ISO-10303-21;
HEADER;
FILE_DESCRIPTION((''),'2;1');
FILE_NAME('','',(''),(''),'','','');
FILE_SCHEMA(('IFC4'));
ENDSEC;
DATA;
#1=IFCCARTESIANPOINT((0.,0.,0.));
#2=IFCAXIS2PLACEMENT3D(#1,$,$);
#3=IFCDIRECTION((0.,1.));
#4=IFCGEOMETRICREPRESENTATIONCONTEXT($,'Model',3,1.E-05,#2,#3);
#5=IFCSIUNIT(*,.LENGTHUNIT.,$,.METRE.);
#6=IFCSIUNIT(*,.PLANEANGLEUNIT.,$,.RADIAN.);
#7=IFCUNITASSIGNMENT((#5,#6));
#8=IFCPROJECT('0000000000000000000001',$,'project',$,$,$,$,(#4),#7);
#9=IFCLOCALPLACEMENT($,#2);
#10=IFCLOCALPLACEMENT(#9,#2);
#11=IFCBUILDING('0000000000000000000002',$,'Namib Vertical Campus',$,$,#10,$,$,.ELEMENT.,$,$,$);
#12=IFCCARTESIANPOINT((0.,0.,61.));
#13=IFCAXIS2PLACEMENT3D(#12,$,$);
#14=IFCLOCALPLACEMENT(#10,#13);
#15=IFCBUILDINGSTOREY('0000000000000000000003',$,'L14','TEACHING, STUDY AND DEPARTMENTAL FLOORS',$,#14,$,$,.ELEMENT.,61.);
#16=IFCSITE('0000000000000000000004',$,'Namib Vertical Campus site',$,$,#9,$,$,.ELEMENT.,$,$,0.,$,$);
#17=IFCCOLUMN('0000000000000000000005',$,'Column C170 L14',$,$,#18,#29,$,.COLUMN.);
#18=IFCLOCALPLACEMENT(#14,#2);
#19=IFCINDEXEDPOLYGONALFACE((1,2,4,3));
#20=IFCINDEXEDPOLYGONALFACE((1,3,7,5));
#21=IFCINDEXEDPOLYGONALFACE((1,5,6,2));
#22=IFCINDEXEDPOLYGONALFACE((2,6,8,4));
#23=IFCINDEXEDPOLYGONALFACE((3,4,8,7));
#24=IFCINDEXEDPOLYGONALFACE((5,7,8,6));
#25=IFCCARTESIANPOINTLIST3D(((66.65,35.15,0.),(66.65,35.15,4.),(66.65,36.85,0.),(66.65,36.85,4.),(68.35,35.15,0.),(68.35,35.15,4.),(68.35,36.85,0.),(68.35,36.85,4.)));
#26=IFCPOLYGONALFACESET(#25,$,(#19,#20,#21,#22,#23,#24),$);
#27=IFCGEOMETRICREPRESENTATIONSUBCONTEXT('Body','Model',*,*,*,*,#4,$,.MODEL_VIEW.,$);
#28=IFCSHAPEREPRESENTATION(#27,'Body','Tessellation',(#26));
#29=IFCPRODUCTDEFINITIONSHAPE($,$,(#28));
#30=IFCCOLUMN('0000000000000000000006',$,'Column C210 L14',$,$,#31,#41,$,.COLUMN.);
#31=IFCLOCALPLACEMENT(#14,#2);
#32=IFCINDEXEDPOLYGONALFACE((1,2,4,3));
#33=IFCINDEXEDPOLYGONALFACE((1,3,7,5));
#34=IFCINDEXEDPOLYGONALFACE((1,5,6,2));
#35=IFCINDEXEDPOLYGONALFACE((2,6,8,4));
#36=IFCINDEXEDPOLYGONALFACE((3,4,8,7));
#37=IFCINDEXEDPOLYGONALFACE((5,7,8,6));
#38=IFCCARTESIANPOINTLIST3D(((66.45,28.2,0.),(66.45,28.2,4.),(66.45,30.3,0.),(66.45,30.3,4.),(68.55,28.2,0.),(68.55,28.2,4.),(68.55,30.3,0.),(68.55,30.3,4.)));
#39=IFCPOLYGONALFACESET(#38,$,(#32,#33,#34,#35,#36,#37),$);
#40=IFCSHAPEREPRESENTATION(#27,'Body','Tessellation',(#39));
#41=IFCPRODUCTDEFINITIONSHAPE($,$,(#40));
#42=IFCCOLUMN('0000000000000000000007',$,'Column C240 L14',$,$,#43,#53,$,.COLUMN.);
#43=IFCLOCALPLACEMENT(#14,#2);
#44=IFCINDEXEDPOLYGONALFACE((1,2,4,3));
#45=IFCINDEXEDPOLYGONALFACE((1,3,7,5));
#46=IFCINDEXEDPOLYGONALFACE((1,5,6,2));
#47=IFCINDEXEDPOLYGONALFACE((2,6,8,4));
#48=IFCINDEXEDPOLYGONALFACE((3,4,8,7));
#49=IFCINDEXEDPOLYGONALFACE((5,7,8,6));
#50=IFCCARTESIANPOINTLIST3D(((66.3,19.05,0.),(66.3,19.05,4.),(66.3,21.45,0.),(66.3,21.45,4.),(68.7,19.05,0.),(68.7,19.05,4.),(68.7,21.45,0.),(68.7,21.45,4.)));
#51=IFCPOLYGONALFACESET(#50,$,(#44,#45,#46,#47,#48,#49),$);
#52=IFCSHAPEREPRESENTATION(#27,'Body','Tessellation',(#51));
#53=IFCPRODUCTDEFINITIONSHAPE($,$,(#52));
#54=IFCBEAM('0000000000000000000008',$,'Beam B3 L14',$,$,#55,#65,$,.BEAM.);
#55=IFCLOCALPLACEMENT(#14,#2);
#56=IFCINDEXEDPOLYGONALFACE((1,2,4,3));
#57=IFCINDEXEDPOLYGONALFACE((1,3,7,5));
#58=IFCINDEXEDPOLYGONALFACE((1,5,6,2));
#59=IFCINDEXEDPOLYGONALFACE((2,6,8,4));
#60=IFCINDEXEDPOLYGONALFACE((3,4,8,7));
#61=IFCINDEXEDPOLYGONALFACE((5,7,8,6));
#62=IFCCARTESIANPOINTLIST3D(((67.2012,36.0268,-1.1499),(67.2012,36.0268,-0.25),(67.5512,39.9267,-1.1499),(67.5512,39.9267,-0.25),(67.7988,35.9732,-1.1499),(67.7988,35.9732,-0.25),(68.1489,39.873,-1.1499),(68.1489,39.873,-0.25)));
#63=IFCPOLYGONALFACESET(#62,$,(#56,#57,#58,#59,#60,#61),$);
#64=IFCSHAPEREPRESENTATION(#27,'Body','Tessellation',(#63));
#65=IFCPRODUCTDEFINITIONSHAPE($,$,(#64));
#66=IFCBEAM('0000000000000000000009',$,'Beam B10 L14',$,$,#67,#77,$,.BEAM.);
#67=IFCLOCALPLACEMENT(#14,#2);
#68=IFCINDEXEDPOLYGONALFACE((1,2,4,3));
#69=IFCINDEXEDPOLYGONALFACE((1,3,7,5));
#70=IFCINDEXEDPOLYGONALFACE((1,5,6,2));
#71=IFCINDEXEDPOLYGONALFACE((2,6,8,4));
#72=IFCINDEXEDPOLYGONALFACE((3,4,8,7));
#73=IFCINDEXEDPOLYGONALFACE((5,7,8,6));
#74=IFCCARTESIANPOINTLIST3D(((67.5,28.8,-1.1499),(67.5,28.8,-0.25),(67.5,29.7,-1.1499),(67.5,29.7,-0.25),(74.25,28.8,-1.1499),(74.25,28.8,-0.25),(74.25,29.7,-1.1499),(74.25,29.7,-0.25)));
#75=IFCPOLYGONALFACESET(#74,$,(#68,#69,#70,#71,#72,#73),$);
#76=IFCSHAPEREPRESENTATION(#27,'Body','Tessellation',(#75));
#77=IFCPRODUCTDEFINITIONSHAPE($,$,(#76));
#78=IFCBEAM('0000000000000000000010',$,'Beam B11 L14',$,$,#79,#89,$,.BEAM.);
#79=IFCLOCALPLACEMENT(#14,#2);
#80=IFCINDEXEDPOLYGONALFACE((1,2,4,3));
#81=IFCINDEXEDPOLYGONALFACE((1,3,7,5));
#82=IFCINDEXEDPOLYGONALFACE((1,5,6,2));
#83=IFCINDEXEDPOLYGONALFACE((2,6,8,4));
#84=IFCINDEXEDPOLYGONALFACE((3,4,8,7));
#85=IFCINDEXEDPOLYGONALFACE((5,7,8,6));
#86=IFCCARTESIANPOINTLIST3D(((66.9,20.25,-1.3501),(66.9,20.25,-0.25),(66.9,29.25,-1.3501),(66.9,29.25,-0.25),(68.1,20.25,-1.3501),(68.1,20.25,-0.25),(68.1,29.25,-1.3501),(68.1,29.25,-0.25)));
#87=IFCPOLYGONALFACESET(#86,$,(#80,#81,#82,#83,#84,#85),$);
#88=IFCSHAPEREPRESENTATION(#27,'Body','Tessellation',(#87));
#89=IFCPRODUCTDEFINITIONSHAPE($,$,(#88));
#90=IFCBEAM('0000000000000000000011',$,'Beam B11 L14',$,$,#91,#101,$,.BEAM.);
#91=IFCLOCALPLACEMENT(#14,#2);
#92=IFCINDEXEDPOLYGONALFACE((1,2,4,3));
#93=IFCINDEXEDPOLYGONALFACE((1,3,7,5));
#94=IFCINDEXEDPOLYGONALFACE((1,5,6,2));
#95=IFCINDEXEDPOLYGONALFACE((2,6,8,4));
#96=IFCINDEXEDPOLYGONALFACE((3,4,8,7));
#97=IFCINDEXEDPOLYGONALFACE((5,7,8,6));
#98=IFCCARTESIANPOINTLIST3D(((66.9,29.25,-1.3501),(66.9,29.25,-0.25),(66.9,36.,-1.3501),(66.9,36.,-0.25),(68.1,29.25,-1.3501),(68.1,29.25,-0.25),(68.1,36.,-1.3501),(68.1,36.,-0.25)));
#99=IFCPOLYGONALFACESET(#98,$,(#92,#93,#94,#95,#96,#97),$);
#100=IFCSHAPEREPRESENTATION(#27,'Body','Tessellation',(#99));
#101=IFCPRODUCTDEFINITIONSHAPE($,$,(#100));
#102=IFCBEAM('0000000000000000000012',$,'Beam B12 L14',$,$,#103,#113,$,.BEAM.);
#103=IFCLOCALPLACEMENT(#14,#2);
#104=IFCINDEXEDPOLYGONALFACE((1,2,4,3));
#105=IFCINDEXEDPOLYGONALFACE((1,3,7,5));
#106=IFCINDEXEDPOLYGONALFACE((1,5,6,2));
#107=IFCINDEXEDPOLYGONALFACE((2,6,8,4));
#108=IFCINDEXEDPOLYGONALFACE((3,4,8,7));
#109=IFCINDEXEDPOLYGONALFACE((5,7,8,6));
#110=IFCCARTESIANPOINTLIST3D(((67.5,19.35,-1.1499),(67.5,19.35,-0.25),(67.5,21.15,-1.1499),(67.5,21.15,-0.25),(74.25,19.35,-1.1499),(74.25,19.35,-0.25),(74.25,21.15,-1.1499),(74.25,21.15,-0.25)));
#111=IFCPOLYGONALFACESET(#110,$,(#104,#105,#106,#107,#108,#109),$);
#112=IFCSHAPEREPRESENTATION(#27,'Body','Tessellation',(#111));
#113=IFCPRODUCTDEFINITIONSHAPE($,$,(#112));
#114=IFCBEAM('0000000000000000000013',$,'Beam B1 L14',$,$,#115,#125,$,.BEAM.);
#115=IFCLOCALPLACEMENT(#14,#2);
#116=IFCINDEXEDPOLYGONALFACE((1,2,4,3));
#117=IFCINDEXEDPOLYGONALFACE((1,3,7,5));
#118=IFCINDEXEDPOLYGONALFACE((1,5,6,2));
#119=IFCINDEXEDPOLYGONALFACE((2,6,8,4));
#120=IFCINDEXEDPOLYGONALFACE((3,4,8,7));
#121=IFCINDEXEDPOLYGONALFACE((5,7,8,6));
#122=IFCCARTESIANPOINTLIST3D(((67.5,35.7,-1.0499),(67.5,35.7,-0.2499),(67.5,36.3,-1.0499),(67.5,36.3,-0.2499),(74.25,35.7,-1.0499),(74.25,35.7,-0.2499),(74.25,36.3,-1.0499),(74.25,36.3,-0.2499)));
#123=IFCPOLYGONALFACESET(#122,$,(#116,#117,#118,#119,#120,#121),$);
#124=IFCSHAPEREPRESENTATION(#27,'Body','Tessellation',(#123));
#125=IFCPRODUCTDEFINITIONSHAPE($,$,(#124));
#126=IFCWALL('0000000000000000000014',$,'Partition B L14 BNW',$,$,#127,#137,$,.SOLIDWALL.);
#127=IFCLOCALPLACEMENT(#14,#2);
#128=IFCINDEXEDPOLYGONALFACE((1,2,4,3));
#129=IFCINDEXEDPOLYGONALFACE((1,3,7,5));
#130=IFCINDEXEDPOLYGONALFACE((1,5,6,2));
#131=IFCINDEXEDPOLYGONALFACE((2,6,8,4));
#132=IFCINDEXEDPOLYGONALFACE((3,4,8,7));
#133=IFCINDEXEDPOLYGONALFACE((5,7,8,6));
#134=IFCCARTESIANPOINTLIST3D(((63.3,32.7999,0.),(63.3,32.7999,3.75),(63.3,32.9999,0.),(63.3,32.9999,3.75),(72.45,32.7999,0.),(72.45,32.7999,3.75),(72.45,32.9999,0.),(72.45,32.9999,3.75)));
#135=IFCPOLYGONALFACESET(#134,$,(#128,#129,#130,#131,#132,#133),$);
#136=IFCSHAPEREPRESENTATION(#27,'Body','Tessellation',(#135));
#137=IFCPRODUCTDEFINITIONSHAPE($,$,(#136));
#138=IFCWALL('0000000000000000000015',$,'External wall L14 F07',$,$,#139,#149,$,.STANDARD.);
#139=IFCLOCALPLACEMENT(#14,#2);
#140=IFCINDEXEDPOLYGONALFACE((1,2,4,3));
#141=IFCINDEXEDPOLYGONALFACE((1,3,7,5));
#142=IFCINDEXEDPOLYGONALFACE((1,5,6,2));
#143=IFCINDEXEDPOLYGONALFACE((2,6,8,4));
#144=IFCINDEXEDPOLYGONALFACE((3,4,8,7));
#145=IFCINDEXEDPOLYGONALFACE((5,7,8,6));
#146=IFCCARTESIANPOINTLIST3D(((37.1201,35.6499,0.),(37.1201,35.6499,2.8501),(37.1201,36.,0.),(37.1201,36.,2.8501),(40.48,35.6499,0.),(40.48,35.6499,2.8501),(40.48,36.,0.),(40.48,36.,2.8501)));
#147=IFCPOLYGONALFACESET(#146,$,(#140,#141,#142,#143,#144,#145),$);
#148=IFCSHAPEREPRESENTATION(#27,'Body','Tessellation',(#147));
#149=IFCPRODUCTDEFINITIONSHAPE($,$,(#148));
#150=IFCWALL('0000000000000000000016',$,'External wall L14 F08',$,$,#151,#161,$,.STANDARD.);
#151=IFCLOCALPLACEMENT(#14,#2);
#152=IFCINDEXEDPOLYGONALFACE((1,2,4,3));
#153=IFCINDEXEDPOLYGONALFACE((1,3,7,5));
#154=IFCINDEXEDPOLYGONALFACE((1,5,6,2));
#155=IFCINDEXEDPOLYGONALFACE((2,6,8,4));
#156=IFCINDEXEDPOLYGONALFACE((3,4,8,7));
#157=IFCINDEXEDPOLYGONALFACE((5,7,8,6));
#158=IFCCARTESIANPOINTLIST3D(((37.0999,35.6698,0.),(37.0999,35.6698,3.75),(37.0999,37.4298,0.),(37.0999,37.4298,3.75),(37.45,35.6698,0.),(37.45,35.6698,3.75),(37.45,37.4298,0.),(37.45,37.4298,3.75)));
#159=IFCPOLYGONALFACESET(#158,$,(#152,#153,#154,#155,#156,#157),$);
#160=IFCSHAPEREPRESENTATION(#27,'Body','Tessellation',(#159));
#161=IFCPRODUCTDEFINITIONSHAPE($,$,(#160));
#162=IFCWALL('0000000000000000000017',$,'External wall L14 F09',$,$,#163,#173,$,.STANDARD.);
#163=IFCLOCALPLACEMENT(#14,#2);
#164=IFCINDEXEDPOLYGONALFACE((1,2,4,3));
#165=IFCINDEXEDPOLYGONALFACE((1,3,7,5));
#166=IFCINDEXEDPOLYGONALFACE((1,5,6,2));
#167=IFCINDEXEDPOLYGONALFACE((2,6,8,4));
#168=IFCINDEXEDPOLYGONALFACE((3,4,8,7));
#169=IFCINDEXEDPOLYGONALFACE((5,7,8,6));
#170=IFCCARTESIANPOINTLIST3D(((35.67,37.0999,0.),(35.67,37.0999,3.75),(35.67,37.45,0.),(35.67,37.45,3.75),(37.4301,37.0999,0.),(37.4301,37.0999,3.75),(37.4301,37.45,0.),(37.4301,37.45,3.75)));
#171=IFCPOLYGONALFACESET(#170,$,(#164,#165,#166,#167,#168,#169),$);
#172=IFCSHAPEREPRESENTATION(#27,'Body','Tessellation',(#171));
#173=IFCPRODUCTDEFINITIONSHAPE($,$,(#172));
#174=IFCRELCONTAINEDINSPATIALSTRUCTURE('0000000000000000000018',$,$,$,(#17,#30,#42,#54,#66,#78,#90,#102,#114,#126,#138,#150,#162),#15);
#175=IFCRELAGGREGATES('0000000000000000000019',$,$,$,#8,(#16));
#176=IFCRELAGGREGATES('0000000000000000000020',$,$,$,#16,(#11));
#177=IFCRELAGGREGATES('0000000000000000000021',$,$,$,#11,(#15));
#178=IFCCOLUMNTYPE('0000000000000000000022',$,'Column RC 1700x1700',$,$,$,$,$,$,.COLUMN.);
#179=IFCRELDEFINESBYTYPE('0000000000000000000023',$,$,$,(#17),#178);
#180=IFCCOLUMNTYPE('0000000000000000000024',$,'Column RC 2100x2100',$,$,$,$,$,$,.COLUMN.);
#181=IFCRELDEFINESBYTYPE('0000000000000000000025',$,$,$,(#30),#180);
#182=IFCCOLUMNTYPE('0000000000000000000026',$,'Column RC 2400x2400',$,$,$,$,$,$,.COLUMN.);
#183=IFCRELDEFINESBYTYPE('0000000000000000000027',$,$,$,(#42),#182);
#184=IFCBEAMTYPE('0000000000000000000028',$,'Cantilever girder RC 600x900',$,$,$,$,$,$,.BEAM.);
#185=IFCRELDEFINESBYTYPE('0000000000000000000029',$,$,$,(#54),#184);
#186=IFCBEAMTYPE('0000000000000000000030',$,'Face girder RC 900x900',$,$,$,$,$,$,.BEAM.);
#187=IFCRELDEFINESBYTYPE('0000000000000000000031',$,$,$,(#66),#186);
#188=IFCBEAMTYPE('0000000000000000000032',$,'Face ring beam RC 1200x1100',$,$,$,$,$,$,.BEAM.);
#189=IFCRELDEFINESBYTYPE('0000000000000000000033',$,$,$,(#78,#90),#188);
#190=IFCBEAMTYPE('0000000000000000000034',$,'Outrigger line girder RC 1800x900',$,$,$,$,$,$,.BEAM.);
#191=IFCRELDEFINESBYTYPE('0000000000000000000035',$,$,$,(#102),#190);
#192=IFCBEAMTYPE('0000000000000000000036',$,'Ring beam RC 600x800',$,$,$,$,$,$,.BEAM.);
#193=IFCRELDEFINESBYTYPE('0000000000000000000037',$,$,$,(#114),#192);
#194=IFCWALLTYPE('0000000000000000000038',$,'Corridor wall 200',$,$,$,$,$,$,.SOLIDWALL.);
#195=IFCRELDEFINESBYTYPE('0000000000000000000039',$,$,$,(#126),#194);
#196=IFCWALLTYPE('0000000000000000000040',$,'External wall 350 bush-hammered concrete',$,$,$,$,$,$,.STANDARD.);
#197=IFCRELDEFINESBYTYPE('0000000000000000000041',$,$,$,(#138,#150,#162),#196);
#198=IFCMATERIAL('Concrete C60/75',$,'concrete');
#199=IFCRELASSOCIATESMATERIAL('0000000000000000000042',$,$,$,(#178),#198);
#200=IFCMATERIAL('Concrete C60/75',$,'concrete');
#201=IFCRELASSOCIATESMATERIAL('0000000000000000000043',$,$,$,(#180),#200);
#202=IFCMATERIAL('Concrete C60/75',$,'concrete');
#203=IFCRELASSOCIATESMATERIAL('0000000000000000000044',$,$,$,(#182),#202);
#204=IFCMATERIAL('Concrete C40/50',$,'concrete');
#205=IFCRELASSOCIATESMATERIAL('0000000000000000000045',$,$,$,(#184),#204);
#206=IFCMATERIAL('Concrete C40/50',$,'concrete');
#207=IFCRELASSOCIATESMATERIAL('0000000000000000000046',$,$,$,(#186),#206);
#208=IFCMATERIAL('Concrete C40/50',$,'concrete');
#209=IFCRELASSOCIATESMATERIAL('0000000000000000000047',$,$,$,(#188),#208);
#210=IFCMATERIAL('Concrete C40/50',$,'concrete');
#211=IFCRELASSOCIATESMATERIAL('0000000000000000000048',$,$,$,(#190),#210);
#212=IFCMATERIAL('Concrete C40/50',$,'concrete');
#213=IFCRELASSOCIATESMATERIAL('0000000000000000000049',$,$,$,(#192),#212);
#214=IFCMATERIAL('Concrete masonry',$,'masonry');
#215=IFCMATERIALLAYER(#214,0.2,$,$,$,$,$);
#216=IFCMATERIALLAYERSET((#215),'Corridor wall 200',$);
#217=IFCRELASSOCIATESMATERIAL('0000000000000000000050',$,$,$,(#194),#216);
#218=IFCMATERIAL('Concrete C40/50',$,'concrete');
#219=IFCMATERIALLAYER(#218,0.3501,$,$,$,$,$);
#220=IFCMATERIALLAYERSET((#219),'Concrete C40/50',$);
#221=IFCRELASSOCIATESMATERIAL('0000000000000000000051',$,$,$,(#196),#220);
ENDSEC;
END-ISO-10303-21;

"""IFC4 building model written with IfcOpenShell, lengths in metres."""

from ifc_helpers import new_model, si_unit, direction, frame, frame_2d, origin, origin_2d, place, context, subcontext, project, spatial, rectangle, extrude, material, layer, layer_set, material_profile, profile_set, type_object, element, save


model = new_model("IFC4")

# Units and contexts
model_context = context("Model", 3, precision=1e-05, world=origin(), true_north=direction((0.0, 1.0)))
body_context = subcontext(model_context, "Body", "Model", "MODEL_VIEW")
ifc_project = project(units=[si_unit("LENGTHUNIT", "METRE"), si_unit("PLANEANGLEUNIT", "RADIAN")], contexts=[model_context])

# Site, building, storey
site_placement = place(None, origin())
site = spatial("IfcSite", under=ifc_project, at=site_placement, Name="Namib Vertical Campus site", CompositionType="ELEMENT", RefElevation=0.0)
building_placement = place(site_placement, origin())
building = spatial("IfcBuilding", under=site, at=building_placement, Name="Namib Vertical Campus", CompositionType="ELEMENT")
storey_placement = place(building_placement, frame((0.0, 0.0, 61.0)))
storey = spatial("IfcBuildingStorey", under=building, at=storey_placement, Name="L14", Description="TEACHING, STUDY AND DEPARTMENTAL FLOORS", CompositionType="ELEMENT", Elevation=61.0)

# Columns
ifc_material_1 = material(Name="Concrete C60/75", Category="concrete")
ifc_material_profile_1 = material_profile(ifc_material_1, rectangle(XDim=1.7, YDim=1.7, at=origin_2d()))
ifc_profile_set_1 = profile_set([ifc_material_profile_1], Name="Concrete C60/75")
column_type_1 = type_object("IfcColumnType", Name="Column RC 1700x1700", PredefinedType="COLUMN", material=ifc_profile_set_1)
column_1_placement = place(storey_placement, frame((67.5, 36.0, 0.0), z_axis=(0.0, 0.0, 1.0), x_axis=(1.0, 0.0, 0.0)))
element("IfcColumn", 1, at=column_1_placement, inside=storey, type_object=column_type_1, Name="Column C170 L14", PredefinedType="COLUMN", context=body_context, shape_type="SweptSolid", body=[
    extrude(rectangle(XDim=1.7, YDim=1.7, at=origin_2d()), origin(), (0.0, 0.0, 1.0), 4.0),
])
ifc_material_2 = material(Name="Concrete C60/75", Category="concrete")
ifc_material_profile_2 = material_profile(ifc_material_2, rectangle(XDim=2.1001, YDim=2.1001, at=origin_2d()))
ifc_profile_set_2 = profile_set([ifc_material_profile_2], Name="Concrete C60/75")
column_type_2 = type_object("IfcColumnType", Name="Column RC 2100x2100", PredefinedType="COLUMN", material=ifc_profile_set_2)
column_2_placement = place(storey_placement, frame((67.5, 29.25, 0.0), z_axis=(0.0, 0.0, 1.0), x_axis=(1.0, 0.0, 0.0)))
element("IfcColumn", 2, at=column_2_placement, inside=storey, type_object=column_type_2, Name="Column C210 L14", PredefinedType="COLUMN", context=body_context, shape_type="SweptSolid", body=[
    extrude(rectangle(XDim=2.1001, YDim=2.1001, at=origin_2d()), origin(), (0.0, 0.0, 1.0), 4.0),
])
ifc_material_3 = material(Name="Concrete C60/75", Category="concrete")
ifc_material_profile_3 = material_profile(ifc_material_3, rectangle(XDim=2.3999, YDim=2.3999, at=origin_2d()))
ifc_profile_set_3 = profile_set([ifc_material_profile_3], Name="Concrete C60/75")
column_type_3 = type_object("IfcColumnType", Name="Column RC 2400x2400", PredefinedType="COLUMN", material=ifc_profile_set_3)
column_3_placement = place(storey_placement, frame((67.5, 20.25, 0.0), z_axis=(0.0, 0.0, 1.0), x_axis=(1.0, 0.0, 0.0)))
element("IfcColumn", 3, at=column_3_placement, inside=storey, type_object=column_type_3, Name="Column C240 L14", PredefinedType="COLUMN", context=body_context, shape_type="SweptSolid", body=[
    extrude(rectangle(XDim=2.3999, YDim=2.3999, at=origin_2d()), origin(), (0.0, 0.0, 1.0), 4.0),
])

# Beams
ifc_material_4 = material(Name="Concrete C40/50", Category="concrete")
ifc_material_profile_4 = material_profile(ifc_material_4, rectangle(XDim=0.6001, YDim=0.8999, at=origin_2d()))
ifc_profile_set_4 = profile_set([ifc_material_profile_4], Name="Concrete C40/50")
beam_type_1 = type_object("IfcBeamType", Name="Cantilever girder RC 600x900", PredefinedType="BEAM", material=ifc_profile_set_4)
beam_1_placement = place(storey_placement, frame((67.5, 36.0, -0.7), z_axis=(0.089411, 0.995995, 0.0), x_axis=(-0.995995, 0.089411, 0.0)))
element("IfcBeam", 4, at=beam_1_placement, inside=storey, type_object=beam_type_1, Name="Beam B3 L14", PredefinedType="BEAM", context=body_context, shape_type="SweptSolid", body=[
    extrude(rectangle(XDim=0.6001, YDim=0.8999, at=origin_2d()), origin(), (0.0, 0.0, 1.0), 3.9155),
])
ifc_material_5 = material(Name="Concrete C40/50", Category="concrete")
ifc_material_profile_5 = material_profile(ifc_material_5, rectangle(XDim=0.8999, YDim=0.8999, at=origin_2d()))
ifc_profile_set_5 = profile_set([ifc_material_profile_5], Name="Concrete C40/50")
beam_type_2 = type_object("IfcBeamType", Name="Face girder RC 900x900", PredefinedType="BEAM", material=ifc_profile_set_5)
beam_2_placement = place(storey_placement, frame((67.5, 29.25, -0.7), z_axis=(1.0, 0.0, 0.0), x_axis=(0.0, 1.0, 0.0)))
element("IfcBeam", 5, at=beam_2_placement, inside=storey, type_object=beam_type_2, Name="Beam B10 L14", PredefinedType="BEAM", context=body_context, shape_type="SweptSolid", body=[
    extrude(rectangle(XDim=0.8999, YDim=0.8999, at=origin_2d()), origin(), (0.0, 0.0, 1.0), 6.75),
])
ifc_material_6 = material(Name="Concrete C40/50", Category="concrete")
ifc_material_profile_6 = material_profile(ifc_material_6, rectangle(XDim=1.2, YDim=1.1001, at=origin_2d()))
ifc_profile_set_6 = profile_set([ifc_material_profile_6], Name="Concrete C40/50")
beam_type_3 = type_object("IfcBeamType", Name="Face ring beam RC 1200x1100", PredefinedType="BEAM", material=ifc_profile_set_6)
beam_3_placement = place(storey_placement, frame((67.5, 20.25, -0.8), z_axis=(0.0, 1.0, 0.0), x_axis=(-1.0, 0.0, 0.0)))
element("IfcBeam", 6, at=beam_3_placement, inside=storey, type_object=beam_type_3, Name="Beam B11 L14", PredefinedType="BEAM", context=body_context, shape_type="SweptSolid", body=[
    extrude(rectangle(XDim=1.2, YDim=1.1001, at=origin_2d()), origin(), (0.0, 0.0, 1.0), 9.0),
])
beam_4_placement = place(storey_placement, frame((67.5, 29.25, -0.8), z_axis=(0.0, 1.0, 0.0), x_axis=(-1.0, 0.0, 0.0)))
element("IfcBeam", 7, at=beam_4_placement, inside=storey, type_object=beam_type_3, Name="Beam B11 L14", PredefinedType="BEAM", context=body_context, shape_type="SweptSolid", body=[
    extrude(rectangle(XDim=1.2, YDim=1.1001, at=origin_2d()), origin(), (0.0, 0.0, 1.0), 6.75),
])
ifc_material_7 = material(Name="Concrete C40/50", Category="concrete")
ifc_material_profile_7 = material_profile(ifc_material_7, rectangle(XDim=1.8, YDim=0.8999, at=origin_2d()))
ifc_profile_set_7 = profile_set([ifc_material_profile_7], Name="Concrete C40/50")
beam_type_4 = type_object("IfcBeamType", Name="Outrigger line girder RC 1800x900", PredefinedType="BEAM", material=ifc_profile_set_7)
beam_5_placement = place(storey_placement, frame((67.5, 20.25, -0.7), z_axis=(1.0, 0.0, 0.0), x_axis=(0.0, 1.0, 0.0)))
element("IfcBeam", 8, at=beam_5_placement, inside=storey, type_object=beam_type_4, Name="Beam B12 L14", PredefinedType="BEAM", context=body_context, shape_type="SweptSolid", body=[
    extrude(rectangle(XDim=1.8, YDim=0.8999, at=origin_2d()), origin(), (0.0, 0.0, 1.0), 6.75),
])
ifc_material_8 = material(Name="Concrete C40/50", Category="concrete")
ifc_material_profile_8 = material_profile(ifc_material_8, rectangle(XDim=0.6001, YDim=0.8, at=origin_2d()))
ifc_profile_set_8 = profile_set([ifc_material_profile_8], Name="Concrete C40/50")
beam_type_5 = type_object("IfcBeamType", Name="Ring beam RC 600x800", PredefinedType="BEAM", material=ifc_profile_set_8)
beam_6_placement = place(storey_placement, frame((67.5, 36.0, -0.6499), z_axis=(1.0, 0.0, 0.0), x_axis=(0.0, 1.0, 0.0)))
element("IfcBeam", 9, at=beam_6_placement, inside=storey, type_object=beam_type_5, Name="Beam B1 L14", PredefinedType="BEAM", context=body_context, shape_type="SweptSolid", body=[
    extrude(rectangle(XDim=0.6001, YDim=0.8, at=origin_2d()), origin(), (0.0, 0.0, 1.0), 6.75),
])

# Walls
ifc_material_9 = material(Name="Concrete masonry", Category="masonry")
ifc_layer_1 = layer(ifc_material_9, 0.2)
ifc_layer_set_1 = layer_set([ifc_layer_1], Name="Corridor wall 200")
wall_type_1 = type_object("IfcWallType", Name="Corridor wall 200", PredefinedType="SOLIDWALL", material=ifc_layer_set_1)
wall_1_placement = place(storey_placement, frame((63.3, 32.8999, 0.0), z_axis=(0.0, 0.0, 1.0), x_axis=(1.0, 0.0, 0.0)))
element("IfcWall", 10, at=wall_1_placement, inside=storey, type_object=wall_type_1, Name="Partition B L14 BNW", PredefinedType="SOLIDWALL", context=body_context, shape_type="SweptSolid", body=[
    extrude(rectangle(XDim=9.1499, YDim=0.2, at=frame_2d((4.575, 0.0))), origin(), (0.0, 0.0, 1.0), 3.75),
])
ifc_material_10 = material(Name="Concrete C40/50", Category="concrete")
ifc_layer_2 = layer(ifc_material_10, 0.3501)
ifc_layer_set_2 = layer_set([ifc_layer_2], Name="Concrete C40/50")
wall_type_2 = type_object("IfcWallType", Name="External wall 350 bush-hammered concrete", PredefinedType="STANDARD", material=ifc_layer_set_2)
wall_2_placement = place(storey_placement, frame((40.48, 35.825, 0.0), z_axis=(0.0, 0.0, 1.0), x_axis=(-1.0, 0.0, 0.0)))
element("IfcWall", 11, at=wall_2_placement, inside=storey, type_object=wall_type_2, Name="External wall L14 F07", PredefinedType="STANDARD", context=body_context, shape_type="SweptSolid", body=[
    extrude(rectangle(XDim=3.3599, YDim=0.3501, at=frame_2d((1.6799, 0.0))), origin(), (0.0, 0.0, 1.0), 2.8501),
])
for number, where, z_axis, x_axis, name in (
    (12, (37.2749, 35.6699, 0.0), (0.0, 0.0, 1.0), (0.0, 1.0, 0.0), "External wall L14 F08"),
    (13, (37.4299, 37.2749, 0.0), (0.0, 0.0, 1.0), (-1.0, 0.0, 0.0), "External wall L14 F09"),
):
    element("IfcWall", number, at=place(storey_placement, frame(where, z_axis=z_axis, x_axis=x_axis)), inside=storey, type_object=wall_type_2, Name=name, PredefinedType="STANDARD", context=body_context, shape_type="SweptSolid", body=[
        extrude(rectangle(XDim=1.76, YDim=0.3501, at=frame_2d((0.8799, 0.0))), origin(), (0.0, 0.0, 1.0), 3.75),
    ])

save(model, "model.ifc")
